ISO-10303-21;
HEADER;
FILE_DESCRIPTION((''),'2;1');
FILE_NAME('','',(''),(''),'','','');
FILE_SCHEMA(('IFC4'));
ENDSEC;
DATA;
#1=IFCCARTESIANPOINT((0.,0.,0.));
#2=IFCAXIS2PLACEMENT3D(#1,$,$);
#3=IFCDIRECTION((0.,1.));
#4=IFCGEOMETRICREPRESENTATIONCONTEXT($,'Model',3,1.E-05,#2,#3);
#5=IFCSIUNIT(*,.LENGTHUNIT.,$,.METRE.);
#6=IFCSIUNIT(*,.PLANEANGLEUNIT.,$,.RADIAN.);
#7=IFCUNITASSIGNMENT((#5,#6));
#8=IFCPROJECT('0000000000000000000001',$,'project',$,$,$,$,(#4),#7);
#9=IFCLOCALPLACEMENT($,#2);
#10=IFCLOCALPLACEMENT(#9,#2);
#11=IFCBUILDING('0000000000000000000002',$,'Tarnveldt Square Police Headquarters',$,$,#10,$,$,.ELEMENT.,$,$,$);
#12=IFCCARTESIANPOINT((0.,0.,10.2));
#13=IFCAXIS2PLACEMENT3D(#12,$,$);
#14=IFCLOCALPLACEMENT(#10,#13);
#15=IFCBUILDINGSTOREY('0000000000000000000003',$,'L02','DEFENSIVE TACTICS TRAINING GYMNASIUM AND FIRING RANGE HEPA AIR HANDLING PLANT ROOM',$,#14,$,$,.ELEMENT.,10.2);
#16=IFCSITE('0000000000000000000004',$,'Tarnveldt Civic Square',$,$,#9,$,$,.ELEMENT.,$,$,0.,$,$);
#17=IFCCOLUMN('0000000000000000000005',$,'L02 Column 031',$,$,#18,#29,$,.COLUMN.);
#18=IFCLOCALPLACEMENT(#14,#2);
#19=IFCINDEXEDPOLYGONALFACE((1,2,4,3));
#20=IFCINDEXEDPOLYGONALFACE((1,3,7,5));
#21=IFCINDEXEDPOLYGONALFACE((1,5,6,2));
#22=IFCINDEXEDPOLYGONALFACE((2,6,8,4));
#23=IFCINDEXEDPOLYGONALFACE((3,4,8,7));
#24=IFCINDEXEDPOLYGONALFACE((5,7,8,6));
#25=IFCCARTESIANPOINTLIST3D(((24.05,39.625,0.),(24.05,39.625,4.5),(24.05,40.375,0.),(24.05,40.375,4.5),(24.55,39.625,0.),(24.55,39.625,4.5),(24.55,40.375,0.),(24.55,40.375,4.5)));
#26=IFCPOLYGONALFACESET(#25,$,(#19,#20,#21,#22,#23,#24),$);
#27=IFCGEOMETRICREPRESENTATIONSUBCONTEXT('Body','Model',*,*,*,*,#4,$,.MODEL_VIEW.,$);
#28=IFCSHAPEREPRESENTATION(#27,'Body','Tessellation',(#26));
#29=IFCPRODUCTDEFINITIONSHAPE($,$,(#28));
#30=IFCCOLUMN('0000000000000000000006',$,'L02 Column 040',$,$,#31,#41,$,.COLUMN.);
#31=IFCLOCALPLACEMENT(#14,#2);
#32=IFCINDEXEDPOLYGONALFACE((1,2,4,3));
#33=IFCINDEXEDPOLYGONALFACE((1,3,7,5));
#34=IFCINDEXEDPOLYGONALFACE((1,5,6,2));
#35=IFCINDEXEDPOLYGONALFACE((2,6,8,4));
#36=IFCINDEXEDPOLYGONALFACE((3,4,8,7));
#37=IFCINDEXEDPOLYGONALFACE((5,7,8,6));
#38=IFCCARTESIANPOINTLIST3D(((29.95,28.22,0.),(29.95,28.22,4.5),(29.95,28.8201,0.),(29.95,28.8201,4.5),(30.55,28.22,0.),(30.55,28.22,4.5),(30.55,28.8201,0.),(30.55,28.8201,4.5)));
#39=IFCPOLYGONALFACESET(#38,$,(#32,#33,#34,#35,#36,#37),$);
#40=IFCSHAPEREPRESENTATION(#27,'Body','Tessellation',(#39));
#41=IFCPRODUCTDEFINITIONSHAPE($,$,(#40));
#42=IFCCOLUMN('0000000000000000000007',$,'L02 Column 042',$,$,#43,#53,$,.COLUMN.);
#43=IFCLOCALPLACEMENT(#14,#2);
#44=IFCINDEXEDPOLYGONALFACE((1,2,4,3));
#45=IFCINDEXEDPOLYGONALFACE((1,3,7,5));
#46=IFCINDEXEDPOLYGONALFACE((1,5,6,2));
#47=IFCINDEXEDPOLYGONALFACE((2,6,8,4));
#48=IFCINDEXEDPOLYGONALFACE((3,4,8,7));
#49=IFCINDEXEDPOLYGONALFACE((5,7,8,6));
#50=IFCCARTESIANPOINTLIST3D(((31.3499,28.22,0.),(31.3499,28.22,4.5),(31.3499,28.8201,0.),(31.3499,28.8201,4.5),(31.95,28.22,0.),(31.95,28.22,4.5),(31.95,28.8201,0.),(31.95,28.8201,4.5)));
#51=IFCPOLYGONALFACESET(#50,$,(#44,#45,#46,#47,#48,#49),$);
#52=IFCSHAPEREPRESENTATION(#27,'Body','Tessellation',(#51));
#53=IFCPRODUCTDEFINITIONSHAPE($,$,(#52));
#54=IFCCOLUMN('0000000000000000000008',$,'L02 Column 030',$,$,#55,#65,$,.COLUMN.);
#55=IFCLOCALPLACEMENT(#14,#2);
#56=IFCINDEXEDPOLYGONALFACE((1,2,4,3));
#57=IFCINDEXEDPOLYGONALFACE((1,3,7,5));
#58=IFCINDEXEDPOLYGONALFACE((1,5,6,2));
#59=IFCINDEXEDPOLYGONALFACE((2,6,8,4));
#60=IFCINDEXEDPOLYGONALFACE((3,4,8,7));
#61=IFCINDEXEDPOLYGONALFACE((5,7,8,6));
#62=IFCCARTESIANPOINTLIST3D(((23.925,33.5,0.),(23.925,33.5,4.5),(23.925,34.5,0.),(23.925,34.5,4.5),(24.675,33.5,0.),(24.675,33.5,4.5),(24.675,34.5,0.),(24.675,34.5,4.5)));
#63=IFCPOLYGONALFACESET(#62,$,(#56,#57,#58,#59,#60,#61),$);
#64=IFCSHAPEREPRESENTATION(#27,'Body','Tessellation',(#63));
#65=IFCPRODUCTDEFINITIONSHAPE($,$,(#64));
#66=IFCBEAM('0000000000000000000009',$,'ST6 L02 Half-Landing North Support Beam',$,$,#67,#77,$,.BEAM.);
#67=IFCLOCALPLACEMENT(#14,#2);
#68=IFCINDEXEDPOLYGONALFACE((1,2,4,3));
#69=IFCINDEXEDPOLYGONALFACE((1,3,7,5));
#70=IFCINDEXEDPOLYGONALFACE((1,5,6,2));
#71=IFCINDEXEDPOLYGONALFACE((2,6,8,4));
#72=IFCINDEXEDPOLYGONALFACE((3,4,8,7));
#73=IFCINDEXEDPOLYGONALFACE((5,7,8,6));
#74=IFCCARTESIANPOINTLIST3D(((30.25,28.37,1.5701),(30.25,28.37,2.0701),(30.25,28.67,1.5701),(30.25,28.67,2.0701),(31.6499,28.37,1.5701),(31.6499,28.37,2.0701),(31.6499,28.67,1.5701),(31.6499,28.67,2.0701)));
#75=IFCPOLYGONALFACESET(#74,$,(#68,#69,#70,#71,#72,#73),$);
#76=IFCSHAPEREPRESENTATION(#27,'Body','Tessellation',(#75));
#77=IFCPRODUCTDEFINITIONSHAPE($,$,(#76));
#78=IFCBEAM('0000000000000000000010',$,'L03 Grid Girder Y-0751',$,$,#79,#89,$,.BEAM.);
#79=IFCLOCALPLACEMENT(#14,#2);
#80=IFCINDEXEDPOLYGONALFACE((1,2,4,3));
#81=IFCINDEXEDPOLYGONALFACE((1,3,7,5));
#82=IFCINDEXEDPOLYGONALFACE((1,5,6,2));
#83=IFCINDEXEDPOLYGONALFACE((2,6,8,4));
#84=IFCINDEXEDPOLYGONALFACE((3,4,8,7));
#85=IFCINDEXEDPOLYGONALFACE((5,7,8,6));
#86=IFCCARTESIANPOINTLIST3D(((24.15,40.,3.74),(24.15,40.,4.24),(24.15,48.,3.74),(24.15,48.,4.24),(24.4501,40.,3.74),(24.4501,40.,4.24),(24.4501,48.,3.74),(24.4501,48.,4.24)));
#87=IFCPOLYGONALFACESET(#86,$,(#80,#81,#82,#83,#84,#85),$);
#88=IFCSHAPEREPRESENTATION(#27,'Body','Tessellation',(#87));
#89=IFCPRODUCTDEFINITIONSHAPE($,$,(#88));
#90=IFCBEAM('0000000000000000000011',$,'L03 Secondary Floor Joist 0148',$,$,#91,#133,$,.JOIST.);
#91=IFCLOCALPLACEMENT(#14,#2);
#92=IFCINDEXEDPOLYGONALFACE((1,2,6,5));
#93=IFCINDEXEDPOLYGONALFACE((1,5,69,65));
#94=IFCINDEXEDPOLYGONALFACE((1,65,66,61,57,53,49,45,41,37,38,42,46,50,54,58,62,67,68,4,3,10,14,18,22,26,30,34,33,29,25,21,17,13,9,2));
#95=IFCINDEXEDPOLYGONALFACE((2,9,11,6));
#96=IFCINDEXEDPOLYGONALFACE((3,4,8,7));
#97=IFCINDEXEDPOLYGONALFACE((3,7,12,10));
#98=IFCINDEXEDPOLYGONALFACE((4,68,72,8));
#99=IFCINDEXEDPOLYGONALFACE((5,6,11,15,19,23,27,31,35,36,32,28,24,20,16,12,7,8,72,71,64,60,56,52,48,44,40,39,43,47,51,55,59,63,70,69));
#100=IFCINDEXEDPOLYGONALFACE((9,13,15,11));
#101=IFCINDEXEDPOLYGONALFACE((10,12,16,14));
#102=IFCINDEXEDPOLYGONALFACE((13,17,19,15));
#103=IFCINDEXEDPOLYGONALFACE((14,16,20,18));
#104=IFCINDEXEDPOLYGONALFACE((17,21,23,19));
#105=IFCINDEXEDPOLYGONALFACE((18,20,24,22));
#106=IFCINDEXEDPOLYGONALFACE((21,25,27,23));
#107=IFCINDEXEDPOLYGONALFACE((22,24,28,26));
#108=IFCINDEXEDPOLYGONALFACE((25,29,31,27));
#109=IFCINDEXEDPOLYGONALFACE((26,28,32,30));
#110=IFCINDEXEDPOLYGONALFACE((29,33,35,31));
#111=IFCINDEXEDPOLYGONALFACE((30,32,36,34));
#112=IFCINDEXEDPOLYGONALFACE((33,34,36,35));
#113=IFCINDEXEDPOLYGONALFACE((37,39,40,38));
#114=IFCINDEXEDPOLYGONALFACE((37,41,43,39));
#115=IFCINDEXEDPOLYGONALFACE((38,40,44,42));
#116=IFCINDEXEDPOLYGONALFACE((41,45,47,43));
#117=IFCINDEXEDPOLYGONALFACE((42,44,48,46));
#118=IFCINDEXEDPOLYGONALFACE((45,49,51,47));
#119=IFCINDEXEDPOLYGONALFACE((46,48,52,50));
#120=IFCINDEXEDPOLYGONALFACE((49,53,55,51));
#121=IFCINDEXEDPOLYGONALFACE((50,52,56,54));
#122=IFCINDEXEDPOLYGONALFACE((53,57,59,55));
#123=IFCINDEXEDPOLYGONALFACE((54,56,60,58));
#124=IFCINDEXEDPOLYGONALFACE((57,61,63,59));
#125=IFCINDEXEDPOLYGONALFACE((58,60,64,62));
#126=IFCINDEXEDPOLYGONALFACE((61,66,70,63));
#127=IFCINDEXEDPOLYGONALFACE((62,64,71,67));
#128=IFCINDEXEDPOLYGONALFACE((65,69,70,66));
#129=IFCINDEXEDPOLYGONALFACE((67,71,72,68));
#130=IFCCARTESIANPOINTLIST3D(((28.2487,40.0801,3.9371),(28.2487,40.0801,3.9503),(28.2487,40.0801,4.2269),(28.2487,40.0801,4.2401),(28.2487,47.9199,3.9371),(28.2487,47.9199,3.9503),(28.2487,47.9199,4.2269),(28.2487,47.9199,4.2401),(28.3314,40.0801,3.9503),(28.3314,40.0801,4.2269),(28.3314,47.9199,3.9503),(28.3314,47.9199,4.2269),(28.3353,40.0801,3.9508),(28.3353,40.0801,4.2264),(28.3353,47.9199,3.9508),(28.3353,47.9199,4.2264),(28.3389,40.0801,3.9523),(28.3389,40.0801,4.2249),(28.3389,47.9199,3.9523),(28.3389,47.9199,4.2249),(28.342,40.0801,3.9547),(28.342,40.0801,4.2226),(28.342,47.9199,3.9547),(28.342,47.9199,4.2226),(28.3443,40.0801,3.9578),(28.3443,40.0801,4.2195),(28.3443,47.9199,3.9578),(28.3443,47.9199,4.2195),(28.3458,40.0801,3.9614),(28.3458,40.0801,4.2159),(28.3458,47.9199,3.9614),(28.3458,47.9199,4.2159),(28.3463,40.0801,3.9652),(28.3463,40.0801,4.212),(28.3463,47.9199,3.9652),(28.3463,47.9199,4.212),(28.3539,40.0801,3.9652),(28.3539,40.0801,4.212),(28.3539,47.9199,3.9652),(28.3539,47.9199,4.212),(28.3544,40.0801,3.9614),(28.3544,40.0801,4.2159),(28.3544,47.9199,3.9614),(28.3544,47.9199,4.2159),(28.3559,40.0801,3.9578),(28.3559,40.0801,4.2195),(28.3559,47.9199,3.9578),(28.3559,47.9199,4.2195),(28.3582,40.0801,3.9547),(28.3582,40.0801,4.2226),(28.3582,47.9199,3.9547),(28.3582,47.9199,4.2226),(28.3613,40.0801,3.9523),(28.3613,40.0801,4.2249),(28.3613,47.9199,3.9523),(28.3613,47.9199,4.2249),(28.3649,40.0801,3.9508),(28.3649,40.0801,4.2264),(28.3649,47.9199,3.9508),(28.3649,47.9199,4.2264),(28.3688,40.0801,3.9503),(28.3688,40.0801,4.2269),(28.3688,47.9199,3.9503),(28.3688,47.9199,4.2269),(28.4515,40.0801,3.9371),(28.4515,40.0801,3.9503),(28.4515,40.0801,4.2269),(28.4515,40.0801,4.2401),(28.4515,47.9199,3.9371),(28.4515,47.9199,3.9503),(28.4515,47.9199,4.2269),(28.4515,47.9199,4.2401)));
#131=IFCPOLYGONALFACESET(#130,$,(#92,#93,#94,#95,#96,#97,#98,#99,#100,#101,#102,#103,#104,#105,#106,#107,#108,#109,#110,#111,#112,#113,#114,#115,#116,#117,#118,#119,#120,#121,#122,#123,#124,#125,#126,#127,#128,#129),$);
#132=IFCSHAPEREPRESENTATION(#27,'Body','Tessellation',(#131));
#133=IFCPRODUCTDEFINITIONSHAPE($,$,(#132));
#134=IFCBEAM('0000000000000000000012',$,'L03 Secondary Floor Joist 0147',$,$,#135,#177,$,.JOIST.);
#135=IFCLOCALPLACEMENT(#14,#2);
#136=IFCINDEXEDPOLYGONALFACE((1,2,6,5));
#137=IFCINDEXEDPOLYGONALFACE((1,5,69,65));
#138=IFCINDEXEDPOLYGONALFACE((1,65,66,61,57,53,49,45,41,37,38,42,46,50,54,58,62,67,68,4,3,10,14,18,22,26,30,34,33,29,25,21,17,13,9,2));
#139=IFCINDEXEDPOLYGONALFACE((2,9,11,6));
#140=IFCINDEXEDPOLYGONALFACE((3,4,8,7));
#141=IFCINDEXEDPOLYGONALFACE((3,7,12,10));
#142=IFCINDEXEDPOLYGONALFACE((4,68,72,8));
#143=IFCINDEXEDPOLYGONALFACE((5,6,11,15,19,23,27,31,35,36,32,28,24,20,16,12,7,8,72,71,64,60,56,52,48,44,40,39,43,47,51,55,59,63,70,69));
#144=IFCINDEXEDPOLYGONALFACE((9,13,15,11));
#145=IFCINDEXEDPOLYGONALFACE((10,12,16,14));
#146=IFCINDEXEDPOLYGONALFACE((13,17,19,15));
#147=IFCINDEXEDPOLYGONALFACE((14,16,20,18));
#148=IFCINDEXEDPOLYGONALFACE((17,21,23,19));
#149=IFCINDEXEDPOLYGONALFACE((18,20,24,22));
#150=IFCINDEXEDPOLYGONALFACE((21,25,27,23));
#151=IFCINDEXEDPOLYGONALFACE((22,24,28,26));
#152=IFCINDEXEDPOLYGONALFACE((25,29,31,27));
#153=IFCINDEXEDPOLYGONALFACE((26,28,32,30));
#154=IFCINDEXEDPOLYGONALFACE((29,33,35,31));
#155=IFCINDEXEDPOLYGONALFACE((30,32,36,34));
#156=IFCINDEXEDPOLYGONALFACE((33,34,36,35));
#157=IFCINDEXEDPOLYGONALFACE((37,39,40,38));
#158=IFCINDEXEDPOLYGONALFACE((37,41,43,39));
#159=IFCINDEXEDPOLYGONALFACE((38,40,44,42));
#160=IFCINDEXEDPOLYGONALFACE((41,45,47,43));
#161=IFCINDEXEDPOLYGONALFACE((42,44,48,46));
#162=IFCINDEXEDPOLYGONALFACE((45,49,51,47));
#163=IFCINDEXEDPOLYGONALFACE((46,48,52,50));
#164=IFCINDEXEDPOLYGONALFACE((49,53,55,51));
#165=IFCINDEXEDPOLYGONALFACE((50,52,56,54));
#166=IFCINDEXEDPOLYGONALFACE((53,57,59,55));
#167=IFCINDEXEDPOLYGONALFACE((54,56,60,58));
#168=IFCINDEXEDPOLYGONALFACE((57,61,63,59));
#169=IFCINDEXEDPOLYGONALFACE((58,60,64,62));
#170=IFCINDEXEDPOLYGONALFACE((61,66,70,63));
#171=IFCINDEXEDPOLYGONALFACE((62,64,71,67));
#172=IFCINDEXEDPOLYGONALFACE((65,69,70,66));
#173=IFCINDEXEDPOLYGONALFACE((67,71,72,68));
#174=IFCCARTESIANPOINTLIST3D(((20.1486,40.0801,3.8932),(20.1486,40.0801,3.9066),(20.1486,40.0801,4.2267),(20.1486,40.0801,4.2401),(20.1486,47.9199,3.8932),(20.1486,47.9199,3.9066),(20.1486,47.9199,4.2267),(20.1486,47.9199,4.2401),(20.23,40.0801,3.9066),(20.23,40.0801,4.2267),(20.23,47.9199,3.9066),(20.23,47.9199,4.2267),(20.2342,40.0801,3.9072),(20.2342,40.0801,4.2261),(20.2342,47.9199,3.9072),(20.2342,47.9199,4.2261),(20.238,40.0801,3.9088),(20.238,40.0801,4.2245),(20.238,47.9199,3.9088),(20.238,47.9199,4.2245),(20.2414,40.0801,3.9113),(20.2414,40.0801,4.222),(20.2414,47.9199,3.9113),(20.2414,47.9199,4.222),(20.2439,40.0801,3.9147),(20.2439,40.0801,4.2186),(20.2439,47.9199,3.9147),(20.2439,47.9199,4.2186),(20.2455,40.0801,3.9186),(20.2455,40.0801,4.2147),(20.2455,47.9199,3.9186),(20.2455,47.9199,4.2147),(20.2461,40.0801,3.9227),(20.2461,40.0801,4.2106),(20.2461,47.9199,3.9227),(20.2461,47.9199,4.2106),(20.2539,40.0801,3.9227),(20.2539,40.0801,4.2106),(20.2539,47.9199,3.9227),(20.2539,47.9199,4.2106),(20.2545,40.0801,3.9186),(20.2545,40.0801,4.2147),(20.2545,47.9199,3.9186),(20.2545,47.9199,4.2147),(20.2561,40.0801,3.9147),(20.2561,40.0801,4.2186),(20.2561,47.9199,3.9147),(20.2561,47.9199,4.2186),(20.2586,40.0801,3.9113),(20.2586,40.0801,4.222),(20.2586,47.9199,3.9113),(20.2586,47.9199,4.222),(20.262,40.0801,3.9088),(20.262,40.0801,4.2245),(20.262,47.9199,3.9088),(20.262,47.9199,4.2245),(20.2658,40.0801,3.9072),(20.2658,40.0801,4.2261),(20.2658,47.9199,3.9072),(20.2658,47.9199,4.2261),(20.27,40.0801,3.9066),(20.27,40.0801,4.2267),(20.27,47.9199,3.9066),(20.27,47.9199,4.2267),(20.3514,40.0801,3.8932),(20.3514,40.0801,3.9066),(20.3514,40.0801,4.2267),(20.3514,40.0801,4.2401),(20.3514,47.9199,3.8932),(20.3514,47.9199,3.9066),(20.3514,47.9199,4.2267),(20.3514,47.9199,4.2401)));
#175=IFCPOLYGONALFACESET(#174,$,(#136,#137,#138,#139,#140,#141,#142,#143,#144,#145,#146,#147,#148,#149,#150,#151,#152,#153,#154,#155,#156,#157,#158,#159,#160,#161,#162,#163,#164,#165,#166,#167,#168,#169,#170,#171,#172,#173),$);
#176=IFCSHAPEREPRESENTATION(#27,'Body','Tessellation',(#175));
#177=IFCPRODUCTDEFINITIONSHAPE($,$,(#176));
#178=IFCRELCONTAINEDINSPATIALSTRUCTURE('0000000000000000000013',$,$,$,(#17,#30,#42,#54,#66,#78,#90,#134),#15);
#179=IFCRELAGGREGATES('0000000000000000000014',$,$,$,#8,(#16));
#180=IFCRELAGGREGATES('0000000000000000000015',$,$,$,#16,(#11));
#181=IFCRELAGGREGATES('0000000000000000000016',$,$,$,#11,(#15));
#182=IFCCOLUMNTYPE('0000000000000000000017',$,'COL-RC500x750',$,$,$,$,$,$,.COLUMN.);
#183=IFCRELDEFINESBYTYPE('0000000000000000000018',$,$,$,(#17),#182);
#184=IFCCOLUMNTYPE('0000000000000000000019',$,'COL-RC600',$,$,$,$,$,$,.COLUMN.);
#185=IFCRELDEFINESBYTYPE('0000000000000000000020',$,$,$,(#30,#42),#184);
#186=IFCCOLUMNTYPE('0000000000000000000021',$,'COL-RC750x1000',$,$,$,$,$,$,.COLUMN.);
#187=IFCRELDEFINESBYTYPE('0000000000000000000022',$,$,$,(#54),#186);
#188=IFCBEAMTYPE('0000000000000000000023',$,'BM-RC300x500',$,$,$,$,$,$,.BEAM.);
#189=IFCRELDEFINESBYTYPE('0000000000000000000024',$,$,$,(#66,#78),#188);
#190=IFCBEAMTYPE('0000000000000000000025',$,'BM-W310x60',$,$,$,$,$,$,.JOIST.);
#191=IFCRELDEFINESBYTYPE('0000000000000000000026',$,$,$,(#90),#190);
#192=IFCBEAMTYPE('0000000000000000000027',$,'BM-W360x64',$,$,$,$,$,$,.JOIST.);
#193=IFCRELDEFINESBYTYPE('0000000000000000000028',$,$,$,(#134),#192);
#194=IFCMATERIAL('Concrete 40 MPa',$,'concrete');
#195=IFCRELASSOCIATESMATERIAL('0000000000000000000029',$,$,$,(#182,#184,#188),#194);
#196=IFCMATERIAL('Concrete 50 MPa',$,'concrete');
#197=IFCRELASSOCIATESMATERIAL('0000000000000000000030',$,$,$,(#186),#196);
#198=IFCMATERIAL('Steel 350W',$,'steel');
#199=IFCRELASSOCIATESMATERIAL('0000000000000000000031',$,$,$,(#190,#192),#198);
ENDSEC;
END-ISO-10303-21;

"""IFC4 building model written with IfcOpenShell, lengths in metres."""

from ifc_helpers import new_model, si_unit, direction, frame, origin, origin_2d, place, context, subcontext, project, spatial, rectangle, i_section, extrude, material, material_profile, profile_set, type_object, element, save


model = new_model("IFC4")

# Units and contexts
model_context = context("Model", 3, precision=1e-05, world=origin(), true_north=direction((0.0, 1.0)))
body_context = subcontext(model_context, "Body", "Model", "MODEL_VIEW")
ifc_project = project(units=[si_unit("LENGTHUNIT", "METRE"), si_unit("PLANEANGLEUNIT", "RADIAN")], contexts=[model_context])

# Site, building, storey
site_placement = place(None, origin())
site = spatial("IfcSite", under=ifc_project, at=site_placement, Name="Tarnveldt Civic Square", CompositionType="ELEMENT", RefElevation=0.0)
building_placement = place(site_placement, origin())
building = spatial("IfcBuilding", under=site, at=building_placement, Name="Tarnveldt Square Police Headquarters", CompositionType="ELEMENT")
storey_placement = place(building_placement, frame((0.0, 0.0, 10.2)))
storey = spatial("IfcBuildingStorey", under=building, at=storey_placement, Name="L02", Description="DEFENSIVE TACTICS TRAINING GYMNASIUM AND FIRING RANGE HEPA AIR HANDLING PLANT ROOM", CompositionType="ELEMENT", Elevation=10.2)

# Columns
ifc_material_1 = material(Name="Concrete 40 MPa", Category="concrete")
ifc_material_profile_1 = material_profile(ifc_material_1, rectangle(XDim=0.5, YDim=0.75, at=origin_2d()), Name="RC-C500x750")
ifc_profile_set_1 = profile_set([ifc_material_profile_1], Name="Concrete 40 MPa")
column_type_1 = type_object("IfcColumnType", Name="COL-RC500x750", PredefinedType="COLUMN", material=ifc_profile_set_1)
column_1_placement = place(storey_placement, frame((24.3, 40.0, 0.0), z_axis=(0.0, 0.0, 1.0), x_axis=(1.0, 0.0, 0.0)))
element("IfcColumn", 1, at=column_1_placement, inside=storey, type_object=column_type_1, Name="L02 Column 031", PredefinedType="COLUMN", context=body_context, shape_type="SweptSolid", body=[
    extrude(rectangle(XDim=0.5, YDim=0.75, at=origin_2d()), origin(), (0.0, 0.0, 1.0), 4.5),
])
ifc_material_profile_2 = material_profile(ifc_material_1, rectangle(XDim=0.6001, YDim=0.6001, at=origin_2d()), Name="RC-C600x600")
ifc_profile_set_2 = profile_set([ifc_material_profile_2], Name="Concrete 40 MPa")
column_type_2 = type_object("IfcColumnType", Name="COL-RC600", PredefinedType="COLUMN", material=ifc_profile_set_2)
for number, where, z_axis, x_axis, name in (
    (2, (30.25, 28.52, 0.0), (0.0, 0.0, 1.0), (1.0, 0.0, 0.0), "L02 Column 040"),
    (3, (31.6499, 28.52, 0.0), (0.0, 0.0, 1.0), (1.0, 0.0, 0.0), "L02 Column 042"),
):
    element("IfcColumn", number, at=place(storey_placement, frame(where, z_axis=z_axis, x_axis=x_axis)), inside=storey, type_object=column_type_2, Name=name, PredefinedType="COLUMN", context=body_context, shape_type="SweptSolid", body=[
        extrude(rectangle(XDim=0.6001, YDim=0.6001, at=origin_2d()), origin(), (0.0, 0.0, 1.0), 4.5),
    ])
ifc_material_2 = material(Name="Concrete 50 MPa", Category="concrete")
ifc_material_profile_3 = material_profile(ifc_material_2, rectangle(XDim=0.75, YDim=1.0, at=origin_2d()), Name="RC-C750x1000")
ifc_profile_set_3 = profile_set([ifc_material_profile_3], Name="Concrete 50 MPa")
column_type_3 = type_object("IfcColumnType", Name="COL-RC750x1000", PredefinedType="COLUMN", material=ifc_profile_set_3)
column_2_placement = place(storey_placement, frame((24.3, 34.0, 0.0), z_axis=(0.0, 0.0, 1.0), x_axis=(1.0, 0.0, 0.0)))
element("IfcColumn", 4, at=column_2_placement, inside=storey, type_object=column_type_3, Name="L02 Column 030", PredefinedType="COLUMN", context=body_context, shape_type="SweptSolid", body=[
    extrude(rectangle(XDim=0.75, YDim=1.0, at=origin_2d()), origin(), (0.0, 0.0, 1.0), 4.5),
])

# Beams
ifc_material_profile_4 = material_profile(ifc_material_1, rectangle(XDim=0.3, YDim=0.5, at=origin_2d()), Name="RC-B300x500")
ifc_profile_set_4 = profile_set([ifc_material_profile_4], Name="Concrete 40 MPa")
beam_type_1 = type_object("IfcBeamType", Name="BM-RC300x500", PredefinedType="BEAM", material=ifc_profile_set_4)
beam_1_placement = place(storey_placement, frame((30.25, 28.52, 1.8201), z_axis=(1.0, 0.0, 0.0), x_axis=(0.0, 1.0, 0.0)))
element("IfcBeam", 5, at=beam_1_placement, inside=storey, type_object=beam_type_1, Name="ST6 L02 Half-Landing North Support Beam", PredefinedType="BEAM", context=body_context, shape_type="SweptSolid", body=[
    extrude(rectangle(XDim=0.3, YDim=0.5, at=origin_2d()), origin(), (0.0, 0.0, 1.0), 1.3999),
])
beam_2_placement = place(storey_placement, frame((24.3, 40.0, 3.99), z_axis=(0.0, 1.0, 0.0), x_axis=(-1.0, 0.0, 0.0)))
element("IfcBeam", 6, at=beam_2_placement, inside=storey, type_object=beam_type_1, Name="L03 Grid Girder Y-0751", PredefinedType="BEAM", context=body_context, shape_type="SweptSolid", body=[
    extrude(rectangle(XDim=0.3, YDim=0.5, at=origin_2d()), origin(), (0.0, 0.0, 1.0), 8.0),
])
ifc_material_3 = material(Name="Steel 350W", Category="steel")
ifc_material_profile_5 = material_profile(ifc_material_3, i_section(OverallWidth=0.2029, OverallDepth=0.303, WebThickness=0.0076, FlangeThickness=0.0132, FilletRadius=0.0149, at=origin_2d()), Name="W310x60")
ifc_profile_set_5 = profile_set([ifc_material_profile_5], Name="Steel 350W")
beam_type_2 = type_object("IfcBeamType", Name="BM-W310x60", PredefinedType="JOIST", material=ifc_profile_set_5)
beam_3_placement = place(storey_placement, frame((28.3501, 40.0801, 4.0886), z_axis=(0.0, 1.0, 0.0), x_axis=(-1.0, 0.0, 0.0)))
element("IfcBeam", 7, at=beam_3_placement, inside=storey, type_object=beam_type_2, Name="L03 Secondary Floor Joist 0148", PredefinedType="JOIST", context=body_context, shape_type="SweptSolid", body=[
    extrude(i_section(OverallWidth=0.2029, OverallDepth=0.303, WebThickness=0.0076, FlangeThickness=0.0132, FilletRadius=0.0149, at=origin_2d()), origin(), (0.0, 0.0, 1.0), 7.8398),
])
ifc_material_profile_6 = material_profile(ifc_material_3, i_section(OverallWidth=0.2029, OverallDepth=0.3469, WebThickness=0.0078, FlangeThickness=0.0134, FilletRadius=0.0161, at=origin_2d()), Name="W360x64")
ifc_profile_set_6 = profile_set([ifc_material_profile_6], Name="Steel 350W")
beam_type_3 = type_object("IfcBeamType", Name="BM-W360x64", PredefinedType="JOIST", material=ifc_profile_set_6)
beam_4_placement = place(storey_placement, frame((20.25, 40.0801, 4.0667), z_axis=(0.0, 1.0, 0.0), x_axis=(-1.0, 0.0, 0.0)))
element("IfcBeam", 8, at=beam_4_placement, inside=storey, type_object=beam_type_3, Name="L03 Secondary Floor Joist 0147", PredefinedType="JOIST", context=body_context, shape_type="SweptSolid", body=[
    extrude(i_section(OverallWidth=0.2029, OverallDepth=0.3469, WebThickness=0.0078, FlangeThickness=0.0134, FilletRadius=0.0161, at=origin_2d()), origin(), (0.0, 0.0, 1.0), 7.8398),
])

save(model, "model.ifc")
